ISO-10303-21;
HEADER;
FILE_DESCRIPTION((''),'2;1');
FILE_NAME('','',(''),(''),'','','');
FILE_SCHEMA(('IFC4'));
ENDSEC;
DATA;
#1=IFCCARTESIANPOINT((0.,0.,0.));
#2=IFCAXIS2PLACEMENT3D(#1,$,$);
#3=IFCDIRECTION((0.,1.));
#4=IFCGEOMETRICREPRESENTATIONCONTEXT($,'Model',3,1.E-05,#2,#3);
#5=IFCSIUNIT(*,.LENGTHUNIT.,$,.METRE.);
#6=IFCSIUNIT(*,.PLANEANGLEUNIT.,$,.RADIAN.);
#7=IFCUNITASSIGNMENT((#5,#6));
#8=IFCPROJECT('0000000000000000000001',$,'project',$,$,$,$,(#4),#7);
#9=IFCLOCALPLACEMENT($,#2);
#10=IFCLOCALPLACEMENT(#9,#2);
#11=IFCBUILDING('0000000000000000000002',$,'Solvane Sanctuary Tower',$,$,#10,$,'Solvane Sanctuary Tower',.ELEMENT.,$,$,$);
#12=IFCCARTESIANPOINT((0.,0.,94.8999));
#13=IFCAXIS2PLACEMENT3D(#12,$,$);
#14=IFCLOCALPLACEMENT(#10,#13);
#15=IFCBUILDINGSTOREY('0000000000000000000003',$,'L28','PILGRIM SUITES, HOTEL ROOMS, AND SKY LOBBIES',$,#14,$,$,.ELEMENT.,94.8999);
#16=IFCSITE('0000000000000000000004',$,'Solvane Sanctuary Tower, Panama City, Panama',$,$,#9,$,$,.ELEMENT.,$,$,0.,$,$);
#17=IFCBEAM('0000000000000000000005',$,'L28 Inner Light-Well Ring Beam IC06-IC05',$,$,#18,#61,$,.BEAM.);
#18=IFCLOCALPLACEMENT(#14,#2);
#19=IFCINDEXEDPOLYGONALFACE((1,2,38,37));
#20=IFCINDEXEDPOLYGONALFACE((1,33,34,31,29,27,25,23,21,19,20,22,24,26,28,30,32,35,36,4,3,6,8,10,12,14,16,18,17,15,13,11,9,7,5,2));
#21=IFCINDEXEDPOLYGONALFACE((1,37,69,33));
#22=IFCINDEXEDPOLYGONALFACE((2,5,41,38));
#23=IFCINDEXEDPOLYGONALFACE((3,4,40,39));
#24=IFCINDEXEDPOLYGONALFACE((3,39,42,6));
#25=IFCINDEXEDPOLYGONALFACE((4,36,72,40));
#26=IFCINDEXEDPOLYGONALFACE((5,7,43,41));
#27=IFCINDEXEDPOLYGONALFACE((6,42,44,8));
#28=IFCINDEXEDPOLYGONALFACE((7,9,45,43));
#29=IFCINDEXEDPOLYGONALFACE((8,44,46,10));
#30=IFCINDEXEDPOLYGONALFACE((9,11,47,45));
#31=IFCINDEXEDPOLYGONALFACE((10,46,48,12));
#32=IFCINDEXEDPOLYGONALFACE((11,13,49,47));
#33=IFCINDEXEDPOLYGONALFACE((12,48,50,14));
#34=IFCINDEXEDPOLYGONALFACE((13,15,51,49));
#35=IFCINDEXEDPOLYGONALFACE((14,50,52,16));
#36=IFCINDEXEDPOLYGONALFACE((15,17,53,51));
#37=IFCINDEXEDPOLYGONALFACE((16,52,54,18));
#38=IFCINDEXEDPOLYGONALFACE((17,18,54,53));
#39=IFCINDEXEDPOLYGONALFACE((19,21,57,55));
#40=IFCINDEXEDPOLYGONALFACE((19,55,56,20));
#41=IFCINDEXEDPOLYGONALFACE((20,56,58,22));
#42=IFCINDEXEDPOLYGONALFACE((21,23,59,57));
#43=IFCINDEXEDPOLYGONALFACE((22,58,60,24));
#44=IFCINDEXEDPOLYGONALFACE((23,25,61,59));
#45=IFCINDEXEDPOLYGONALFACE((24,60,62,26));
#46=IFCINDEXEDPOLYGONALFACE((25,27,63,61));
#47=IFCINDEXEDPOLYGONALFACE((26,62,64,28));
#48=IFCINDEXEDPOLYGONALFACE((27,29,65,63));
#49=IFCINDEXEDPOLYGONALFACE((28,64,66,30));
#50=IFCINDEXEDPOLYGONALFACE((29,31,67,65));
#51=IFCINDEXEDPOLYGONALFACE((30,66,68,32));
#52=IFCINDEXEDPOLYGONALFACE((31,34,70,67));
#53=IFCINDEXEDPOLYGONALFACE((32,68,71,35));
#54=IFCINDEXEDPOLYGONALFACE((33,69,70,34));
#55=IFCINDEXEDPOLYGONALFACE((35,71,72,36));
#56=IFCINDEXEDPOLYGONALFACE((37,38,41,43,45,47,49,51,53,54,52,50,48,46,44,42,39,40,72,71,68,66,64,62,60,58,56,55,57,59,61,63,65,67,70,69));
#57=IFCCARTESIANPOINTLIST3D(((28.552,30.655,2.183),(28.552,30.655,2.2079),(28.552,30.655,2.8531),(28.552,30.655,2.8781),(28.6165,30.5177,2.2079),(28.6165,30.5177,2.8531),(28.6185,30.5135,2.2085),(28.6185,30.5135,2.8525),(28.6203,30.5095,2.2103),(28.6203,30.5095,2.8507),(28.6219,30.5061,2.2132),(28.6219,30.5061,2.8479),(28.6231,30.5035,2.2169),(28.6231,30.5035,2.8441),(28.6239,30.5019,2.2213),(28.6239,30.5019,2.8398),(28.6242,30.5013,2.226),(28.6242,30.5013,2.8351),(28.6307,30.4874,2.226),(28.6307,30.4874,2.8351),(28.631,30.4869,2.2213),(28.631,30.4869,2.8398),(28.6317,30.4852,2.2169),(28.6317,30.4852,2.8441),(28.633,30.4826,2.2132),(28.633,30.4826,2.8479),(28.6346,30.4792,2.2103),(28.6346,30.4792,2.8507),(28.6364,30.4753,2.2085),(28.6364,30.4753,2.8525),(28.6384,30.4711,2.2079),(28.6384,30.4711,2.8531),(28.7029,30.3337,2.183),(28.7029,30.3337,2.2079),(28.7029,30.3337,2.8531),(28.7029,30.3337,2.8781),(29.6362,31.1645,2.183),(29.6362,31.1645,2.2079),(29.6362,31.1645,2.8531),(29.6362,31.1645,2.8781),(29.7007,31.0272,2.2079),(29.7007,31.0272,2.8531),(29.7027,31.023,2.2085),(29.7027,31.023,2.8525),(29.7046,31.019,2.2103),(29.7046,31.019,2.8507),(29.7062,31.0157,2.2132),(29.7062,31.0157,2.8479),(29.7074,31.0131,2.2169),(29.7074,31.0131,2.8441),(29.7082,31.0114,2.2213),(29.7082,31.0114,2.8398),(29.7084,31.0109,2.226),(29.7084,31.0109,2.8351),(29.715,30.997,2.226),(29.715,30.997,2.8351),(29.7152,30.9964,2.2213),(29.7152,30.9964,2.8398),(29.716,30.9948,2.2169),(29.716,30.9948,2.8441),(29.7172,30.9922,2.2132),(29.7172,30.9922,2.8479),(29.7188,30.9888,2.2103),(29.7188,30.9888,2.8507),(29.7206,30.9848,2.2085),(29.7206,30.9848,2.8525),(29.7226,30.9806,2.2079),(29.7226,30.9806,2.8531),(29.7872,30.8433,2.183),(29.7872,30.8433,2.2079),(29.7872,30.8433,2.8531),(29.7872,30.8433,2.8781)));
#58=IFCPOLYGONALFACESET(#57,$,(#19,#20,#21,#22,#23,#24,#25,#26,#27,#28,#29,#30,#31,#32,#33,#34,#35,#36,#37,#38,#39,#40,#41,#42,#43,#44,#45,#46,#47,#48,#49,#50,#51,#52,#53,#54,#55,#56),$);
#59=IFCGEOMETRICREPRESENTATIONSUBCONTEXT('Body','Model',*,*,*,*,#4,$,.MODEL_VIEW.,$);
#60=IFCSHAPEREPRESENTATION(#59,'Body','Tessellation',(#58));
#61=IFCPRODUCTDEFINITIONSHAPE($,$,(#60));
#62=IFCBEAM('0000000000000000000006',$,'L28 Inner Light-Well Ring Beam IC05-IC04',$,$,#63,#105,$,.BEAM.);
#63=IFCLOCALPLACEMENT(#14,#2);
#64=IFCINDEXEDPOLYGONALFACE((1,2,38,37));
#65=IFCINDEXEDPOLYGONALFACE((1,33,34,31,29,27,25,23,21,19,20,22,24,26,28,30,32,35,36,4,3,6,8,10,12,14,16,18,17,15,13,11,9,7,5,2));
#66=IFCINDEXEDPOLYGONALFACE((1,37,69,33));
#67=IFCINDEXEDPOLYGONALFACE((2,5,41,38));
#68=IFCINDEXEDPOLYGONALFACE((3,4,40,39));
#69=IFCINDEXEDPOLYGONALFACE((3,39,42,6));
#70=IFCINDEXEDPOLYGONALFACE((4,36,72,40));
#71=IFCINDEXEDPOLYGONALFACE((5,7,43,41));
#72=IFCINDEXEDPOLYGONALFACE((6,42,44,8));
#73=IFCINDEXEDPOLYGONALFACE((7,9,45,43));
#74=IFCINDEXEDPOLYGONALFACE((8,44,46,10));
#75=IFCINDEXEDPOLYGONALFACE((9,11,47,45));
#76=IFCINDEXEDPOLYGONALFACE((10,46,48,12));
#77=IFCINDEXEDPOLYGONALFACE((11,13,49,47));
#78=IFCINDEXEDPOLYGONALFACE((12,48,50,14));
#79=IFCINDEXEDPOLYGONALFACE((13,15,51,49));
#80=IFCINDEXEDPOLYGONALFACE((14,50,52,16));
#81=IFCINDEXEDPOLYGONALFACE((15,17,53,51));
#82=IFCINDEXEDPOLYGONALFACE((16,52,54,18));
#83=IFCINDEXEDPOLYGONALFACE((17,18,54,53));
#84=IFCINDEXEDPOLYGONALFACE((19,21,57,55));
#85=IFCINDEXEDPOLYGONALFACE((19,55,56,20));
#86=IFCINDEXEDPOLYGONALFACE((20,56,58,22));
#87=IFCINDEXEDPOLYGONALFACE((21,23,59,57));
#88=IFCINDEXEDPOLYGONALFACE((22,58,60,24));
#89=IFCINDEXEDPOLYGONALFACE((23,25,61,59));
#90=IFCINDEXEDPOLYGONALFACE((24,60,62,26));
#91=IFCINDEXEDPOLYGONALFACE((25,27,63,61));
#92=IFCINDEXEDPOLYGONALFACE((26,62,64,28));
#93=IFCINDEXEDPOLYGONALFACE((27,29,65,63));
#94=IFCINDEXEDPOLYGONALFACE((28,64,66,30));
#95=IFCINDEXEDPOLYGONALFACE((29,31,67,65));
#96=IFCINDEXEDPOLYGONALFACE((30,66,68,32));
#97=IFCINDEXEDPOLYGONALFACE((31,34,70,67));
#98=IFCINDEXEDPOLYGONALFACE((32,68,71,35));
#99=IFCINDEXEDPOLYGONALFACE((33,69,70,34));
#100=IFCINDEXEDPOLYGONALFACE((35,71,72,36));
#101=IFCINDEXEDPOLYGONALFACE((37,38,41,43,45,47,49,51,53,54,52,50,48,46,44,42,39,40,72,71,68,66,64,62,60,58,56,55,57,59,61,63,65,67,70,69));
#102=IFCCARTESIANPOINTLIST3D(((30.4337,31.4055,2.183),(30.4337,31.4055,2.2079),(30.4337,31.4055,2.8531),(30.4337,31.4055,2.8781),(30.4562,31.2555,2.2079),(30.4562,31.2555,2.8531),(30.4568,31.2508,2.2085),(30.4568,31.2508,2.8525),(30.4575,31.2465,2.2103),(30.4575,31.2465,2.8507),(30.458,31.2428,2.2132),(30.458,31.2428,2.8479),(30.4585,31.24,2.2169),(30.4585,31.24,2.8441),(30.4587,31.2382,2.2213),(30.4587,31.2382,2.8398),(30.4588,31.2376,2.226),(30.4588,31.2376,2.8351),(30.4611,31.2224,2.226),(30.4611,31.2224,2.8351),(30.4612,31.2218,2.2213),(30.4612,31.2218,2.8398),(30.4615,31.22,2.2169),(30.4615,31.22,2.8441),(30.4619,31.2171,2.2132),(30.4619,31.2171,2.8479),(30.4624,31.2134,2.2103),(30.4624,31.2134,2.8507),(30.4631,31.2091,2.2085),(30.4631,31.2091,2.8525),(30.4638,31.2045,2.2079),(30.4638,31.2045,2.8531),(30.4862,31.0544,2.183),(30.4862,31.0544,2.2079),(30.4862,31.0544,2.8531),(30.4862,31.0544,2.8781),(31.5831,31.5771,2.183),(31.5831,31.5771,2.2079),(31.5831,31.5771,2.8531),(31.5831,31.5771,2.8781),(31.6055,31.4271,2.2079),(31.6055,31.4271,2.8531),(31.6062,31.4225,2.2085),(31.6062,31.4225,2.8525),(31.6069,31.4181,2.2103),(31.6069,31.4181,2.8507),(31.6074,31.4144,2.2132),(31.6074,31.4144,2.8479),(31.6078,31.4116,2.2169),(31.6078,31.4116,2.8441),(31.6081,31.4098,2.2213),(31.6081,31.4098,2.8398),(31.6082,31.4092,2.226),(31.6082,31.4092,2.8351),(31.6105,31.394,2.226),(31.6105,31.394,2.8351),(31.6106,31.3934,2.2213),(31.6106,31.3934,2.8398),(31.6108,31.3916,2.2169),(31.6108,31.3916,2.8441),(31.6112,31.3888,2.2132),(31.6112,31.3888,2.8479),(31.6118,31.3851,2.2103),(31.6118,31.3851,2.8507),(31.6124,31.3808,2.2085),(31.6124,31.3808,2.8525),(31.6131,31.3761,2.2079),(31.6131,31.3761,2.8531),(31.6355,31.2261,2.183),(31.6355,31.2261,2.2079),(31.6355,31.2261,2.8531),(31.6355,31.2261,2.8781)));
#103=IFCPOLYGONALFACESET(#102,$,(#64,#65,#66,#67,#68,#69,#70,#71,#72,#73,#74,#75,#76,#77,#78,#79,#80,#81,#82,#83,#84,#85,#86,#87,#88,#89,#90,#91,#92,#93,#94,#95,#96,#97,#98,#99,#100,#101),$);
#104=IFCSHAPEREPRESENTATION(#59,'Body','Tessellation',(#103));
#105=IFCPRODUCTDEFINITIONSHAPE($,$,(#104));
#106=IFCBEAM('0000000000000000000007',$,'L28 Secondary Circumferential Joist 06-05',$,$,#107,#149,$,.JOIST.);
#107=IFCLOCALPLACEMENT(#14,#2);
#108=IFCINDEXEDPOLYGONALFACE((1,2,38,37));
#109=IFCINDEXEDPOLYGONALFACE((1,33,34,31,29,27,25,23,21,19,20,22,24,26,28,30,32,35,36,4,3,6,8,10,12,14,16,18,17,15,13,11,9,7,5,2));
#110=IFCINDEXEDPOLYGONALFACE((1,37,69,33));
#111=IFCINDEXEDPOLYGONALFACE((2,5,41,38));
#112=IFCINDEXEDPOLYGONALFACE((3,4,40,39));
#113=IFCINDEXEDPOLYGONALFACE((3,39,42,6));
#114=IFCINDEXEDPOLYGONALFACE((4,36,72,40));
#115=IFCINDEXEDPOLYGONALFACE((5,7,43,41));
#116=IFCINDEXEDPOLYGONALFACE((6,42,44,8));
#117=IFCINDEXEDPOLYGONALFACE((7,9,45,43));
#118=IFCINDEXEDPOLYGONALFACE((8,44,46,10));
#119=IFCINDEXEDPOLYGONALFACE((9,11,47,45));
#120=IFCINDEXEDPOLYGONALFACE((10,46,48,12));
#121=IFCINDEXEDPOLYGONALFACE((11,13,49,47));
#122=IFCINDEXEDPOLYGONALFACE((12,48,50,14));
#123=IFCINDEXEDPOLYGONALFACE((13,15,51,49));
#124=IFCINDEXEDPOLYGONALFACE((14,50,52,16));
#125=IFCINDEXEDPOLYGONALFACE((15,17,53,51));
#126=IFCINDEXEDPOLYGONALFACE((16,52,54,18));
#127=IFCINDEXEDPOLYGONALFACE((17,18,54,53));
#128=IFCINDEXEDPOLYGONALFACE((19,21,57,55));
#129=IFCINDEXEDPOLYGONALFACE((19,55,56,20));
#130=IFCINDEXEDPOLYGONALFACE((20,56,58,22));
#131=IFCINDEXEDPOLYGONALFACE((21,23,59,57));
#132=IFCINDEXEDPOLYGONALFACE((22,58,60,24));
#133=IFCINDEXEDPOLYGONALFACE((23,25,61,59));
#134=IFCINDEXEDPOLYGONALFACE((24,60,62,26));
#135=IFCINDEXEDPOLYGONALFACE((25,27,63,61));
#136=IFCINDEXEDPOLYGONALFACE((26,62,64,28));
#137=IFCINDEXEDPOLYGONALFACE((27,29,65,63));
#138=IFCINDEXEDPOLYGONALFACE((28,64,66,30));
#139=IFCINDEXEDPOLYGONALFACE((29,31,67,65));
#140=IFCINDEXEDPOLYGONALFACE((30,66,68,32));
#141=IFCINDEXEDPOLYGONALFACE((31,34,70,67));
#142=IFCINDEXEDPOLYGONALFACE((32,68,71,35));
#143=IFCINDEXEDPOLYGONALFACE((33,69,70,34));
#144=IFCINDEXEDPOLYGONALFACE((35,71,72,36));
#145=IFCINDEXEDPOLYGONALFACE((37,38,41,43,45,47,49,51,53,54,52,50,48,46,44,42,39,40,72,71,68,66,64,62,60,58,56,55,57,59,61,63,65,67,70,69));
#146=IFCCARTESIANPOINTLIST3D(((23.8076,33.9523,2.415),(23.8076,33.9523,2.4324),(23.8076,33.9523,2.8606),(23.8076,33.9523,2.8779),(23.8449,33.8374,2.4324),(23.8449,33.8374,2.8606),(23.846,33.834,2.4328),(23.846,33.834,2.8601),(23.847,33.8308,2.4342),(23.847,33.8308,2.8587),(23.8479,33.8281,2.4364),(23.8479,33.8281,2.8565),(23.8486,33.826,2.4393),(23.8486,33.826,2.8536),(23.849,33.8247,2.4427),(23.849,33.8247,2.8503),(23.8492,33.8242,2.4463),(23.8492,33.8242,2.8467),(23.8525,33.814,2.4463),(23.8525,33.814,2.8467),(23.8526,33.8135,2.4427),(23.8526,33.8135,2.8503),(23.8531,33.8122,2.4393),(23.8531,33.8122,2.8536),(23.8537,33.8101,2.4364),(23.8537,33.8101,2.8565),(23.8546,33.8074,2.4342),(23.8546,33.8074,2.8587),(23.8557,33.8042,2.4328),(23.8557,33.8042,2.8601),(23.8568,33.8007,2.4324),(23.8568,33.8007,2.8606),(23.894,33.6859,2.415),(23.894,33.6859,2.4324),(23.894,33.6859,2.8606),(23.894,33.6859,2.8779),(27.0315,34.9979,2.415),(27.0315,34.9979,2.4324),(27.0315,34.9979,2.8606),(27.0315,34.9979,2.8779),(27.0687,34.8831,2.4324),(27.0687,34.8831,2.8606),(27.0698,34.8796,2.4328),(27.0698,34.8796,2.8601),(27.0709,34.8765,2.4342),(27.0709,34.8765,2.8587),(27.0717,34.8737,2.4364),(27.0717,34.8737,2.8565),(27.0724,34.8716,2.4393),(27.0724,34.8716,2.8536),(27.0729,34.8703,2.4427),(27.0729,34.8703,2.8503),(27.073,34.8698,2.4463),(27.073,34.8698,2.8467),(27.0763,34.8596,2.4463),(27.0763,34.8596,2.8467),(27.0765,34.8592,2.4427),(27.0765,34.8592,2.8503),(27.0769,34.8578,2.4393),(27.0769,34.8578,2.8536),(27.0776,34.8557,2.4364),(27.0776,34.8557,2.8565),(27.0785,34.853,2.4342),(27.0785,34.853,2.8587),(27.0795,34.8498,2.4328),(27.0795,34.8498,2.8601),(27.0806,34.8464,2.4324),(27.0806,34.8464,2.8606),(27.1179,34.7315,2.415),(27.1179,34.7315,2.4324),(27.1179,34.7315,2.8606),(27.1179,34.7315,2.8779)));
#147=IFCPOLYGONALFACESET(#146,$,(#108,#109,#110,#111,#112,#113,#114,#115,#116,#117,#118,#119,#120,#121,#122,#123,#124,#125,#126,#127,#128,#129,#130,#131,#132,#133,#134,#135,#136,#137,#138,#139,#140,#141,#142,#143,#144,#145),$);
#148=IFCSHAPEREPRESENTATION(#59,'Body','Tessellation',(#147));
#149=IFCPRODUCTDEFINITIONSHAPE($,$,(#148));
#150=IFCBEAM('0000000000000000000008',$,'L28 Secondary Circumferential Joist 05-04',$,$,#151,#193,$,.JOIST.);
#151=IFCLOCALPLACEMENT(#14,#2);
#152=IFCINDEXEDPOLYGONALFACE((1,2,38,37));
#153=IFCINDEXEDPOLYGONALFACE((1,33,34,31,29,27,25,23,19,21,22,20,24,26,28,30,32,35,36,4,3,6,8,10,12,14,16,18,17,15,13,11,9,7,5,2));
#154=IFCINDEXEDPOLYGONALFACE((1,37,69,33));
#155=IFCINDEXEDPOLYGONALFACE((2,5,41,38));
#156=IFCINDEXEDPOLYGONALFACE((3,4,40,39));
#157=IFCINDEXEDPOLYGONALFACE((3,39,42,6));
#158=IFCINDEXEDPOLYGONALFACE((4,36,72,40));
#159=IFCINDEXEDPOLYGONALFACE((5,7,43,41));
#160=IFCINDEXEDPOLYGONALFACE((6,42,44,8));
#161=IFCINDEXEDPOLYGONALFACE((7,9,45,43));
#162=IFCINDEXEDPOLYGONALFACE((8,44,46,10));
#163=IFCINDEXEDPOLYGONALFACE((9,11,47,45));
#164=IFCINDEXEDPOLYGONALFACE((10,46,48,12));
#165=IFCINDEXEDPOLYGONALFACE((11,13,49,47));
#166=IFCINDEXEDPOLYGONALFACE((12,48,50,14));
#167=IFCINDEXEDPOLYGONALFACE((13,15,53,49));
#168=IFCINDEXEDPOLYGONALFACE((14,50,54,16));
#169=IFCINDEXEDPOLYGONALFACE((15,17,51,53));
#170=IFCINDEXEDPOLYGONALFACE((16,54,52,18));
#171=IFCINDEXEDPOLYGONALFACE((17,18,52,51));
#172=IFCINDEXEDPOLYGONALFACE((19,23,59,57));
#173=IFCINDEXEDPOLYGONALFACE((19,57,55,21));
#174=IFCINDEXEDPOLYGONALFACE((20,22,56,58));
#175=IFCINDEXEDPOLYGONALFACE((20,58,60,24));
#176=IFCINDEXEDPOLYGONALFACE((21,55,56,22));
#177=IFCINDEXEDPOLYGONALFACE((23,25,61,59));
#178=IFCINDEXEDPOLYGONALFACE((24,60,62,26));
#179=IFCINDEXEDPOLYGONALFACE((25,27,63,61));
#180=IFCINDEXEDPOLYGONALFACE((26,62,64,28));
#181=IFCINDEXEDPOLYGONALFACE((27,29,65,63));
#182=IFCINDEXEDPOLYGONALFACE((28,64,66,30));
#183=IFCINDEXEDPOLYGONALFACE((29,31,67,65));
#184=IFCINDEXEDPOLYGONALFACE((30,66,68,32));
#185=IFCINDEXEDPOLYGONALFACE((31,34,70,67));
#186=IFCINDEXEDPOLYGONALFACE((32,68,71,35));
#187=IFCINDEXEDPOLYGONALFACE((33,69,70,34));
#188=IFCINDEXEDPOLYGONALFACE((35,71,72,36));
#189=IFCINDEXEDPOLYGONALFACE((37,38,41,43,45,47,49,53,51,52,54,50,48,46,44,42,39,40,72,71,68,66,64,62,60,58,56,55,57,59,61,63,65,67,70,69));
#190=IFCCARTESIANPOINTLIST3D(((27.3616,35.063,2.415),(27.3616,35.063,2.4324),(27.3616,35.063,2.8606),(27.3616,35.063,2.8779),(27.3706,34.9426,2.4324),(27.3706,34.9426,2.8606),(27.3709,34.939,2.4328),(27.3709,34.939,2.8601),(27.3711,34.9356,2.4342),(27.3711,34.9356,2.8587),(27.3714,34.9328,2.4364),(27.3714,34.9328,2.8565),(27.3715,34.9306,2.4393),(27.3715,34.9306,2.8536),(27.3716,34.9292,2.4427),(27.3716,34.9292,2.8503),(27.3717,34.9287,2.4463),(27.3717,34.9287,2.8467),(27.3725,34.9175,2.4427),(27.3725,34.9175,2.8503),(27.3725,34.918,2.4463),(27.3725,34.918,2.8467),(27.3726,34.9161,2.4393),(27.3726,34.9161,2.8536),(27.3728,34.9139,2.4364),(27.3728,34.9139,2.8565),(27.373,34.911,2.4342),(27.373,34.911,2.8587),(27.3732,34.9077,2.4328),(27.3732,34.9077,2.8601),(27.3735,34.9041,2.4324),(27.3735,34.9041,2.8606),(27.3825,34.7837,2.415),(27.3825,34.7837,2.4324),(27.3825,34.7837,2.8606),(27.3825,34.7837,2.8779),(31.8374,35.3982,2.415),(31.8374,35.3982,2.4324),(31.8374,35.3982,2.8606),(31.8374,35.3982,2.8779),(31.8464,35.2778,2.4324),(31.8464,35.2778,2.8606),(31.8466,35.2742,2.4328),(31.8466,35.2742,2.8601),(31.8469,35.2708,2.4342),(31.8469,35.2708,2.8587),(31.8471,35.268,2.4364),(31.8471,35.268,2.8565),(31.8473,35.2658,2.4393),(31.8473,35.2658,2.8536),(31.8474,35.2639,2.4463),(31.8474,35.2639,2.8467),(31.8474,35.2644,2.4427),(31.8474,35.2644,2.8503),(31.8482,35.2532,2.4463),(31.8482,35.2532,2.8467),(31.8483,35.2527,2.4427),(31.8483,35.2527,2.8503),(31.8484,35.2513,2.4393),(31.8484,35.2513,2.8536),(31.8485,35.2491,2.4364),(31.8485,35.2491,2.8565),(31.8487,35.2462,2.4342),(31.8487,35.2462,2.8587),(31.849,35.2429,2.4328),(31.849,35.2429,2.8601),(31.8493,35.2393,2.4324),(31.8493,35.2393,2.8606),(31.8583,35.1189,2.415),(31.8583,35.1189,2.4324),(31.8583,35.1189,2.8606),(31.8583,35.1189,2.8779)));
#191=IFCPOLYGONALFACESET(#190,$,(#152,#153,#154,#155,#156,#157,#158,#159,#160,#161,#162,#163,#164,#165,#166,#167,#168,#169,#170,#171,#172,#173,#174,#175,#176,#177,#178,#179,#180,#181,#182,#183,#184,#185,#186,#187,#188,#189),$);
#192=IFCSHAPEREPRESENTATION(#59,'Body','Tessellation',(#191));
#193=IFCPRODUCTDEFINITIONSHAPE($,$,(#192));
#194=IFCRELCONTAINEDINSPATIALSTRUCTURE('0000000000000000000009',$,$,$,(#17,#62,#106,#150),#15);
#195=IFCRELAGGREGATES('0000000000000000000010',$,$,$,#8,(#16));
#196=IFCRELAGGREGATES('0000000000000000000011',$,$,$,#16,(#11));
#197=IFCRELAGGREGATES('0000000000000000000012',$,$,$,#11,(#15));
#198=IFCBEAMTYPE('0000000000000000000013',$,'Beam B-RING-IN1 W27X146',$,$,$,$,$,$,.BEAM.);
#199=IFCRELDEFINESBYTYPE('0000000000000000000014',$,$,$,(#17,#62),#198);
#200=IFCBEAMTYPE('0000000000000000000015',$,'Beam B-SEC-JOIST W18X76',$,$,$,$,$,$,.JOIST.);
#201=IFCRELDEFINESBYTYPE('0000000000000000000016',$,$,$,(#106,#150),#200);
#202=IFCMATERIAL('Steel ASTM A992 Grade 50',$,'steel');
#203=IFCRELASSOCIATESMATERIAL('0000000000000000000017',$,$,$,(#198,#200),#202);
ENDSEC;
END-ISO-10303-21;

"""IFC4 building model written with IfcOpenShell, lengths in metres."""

from ifc_helpers import new_model, si_unit, direction, frame, origin, origin_2d, place, context, subcontext, project, spatial, i_section, extrude, material, material_profile, profile_set, type_object, element, save


model = new_model("IFC4")

# Units and contexts
model_context = context("Model", 3, precision=1e-05, world=origin(), true_north=direction((0.0, 1.0)))
body_context = subcontext(model_context, "Body", "Model", "MODEL_VIEW")
ifc_project = project(units=[si_unit("LENGTHUNIT", "METRE"), si_unit("PLANEANGLEUNIT", "RADIAN")], contexts=[model_context])

# Site, building, storey
site_placement = place(None, origin())
site = spatial("IfcSite", under=ifc_project, at=site_placement, Name="Solvane Sanctuary Tower, Panama City, Panama", CompositionType="ELEMENT", RefElevation=0.0)
building_placement = place(site_placement, origin())
building = spatial("IfcBuilding", under=site, at=building_placement, Name="Solvane Sanctuary Tower", LongName="Solvane Sanctuary Tower", CompositionType="ELEMENT")
storey_placement = place(building_placement, frame((0.0, 0.0, 94.8999)))
storey = spatial("IfcBuildingStorey", under=building, at=storey_placement, Name="L28", Description="PILGRIM SUITES, HOTEL ROOMS, AND SKY LOBBIES", CompositionType="ELEMENT", Elevation=94.8999)

# Beams
ifc_material_1 = material(Name="Steel ASTM A992 Grade 50", Category="steel")
ifc_material_profile_1 = material_profile(ifc_material_1, i_section(OverallWidth=0.355, OverallDepth=0.6951, WebThickness=0.0154, FlangeThickness=0.0249, FilletRadius=0.0181, at=origin_2d()), Name="W27X146")
ifc_profile_set_1 = profile_set([ifc_material_profile_1], Name="Steel ASTM A992 Grade 50")
beam_type_1 = type_object("IfcBeamType", Name="Beam B-RING-IN1 W27X146", PredefinedType="BEAM", material=ifc_profile_set_1)
beam_1_placement = place(storey_placement, frame((28.6274, 30.4944, 2.5305), z_axis=(0.905045, 0.425316, 0.0), x_axis=(-0.425316, 0.905045, 0.0)))
element("IfcBeam", 1, at=beam_1_placement, inside=storey, type_object=beam_type_1, Name="L28 Inner Light-Well Ring Beam IC06-IC05", PredefinedType="BEAM", context=body_context, shape_type="SweptSolid", body=[
    extrude(i_section(OverallWidth=0.355, OverallDepth=0.6951, WebThickness=0.0154, FlangeThickness=0.0249, FilletRadius=0.0181, at=origin_2d()), origin(), (0.0, 0.0, 1.0), 1.198),
])
beam_2_placement = place(storey_placement, frame((30.46, 31.23, 2.5305), z_axis=(0.989035, 0.147683, 0.0), x_axis=(-0.147683, 0.989035, 0.0)))
element("IfcBeam", 2, at=beam_2_placement, inside=storey, type_object=beam_type_1, Name="L28 Inner Light-Well Ring Beam IC05-IC04", PredefinedType="BEAM", context=body_context, shape_type="SweptSolid", body=[
    extrude(i_section(OverallWidth=0.355, OverallDepth=0.6951, WebThickness=0.0154, FlangeThickness=0.0249, FilletRadius=0.0181, at=origin_2d()), origin(), (0.0, 0.0, 1.0), 1.1621),
])
ifc_material_profile_2 = material_profile(ifc_material_1, i_section(OverallWidth=0.28, OverallDepth=0.4629, WebThickness=0.0107, FlangeThickness=0.0173, FilletRadius=0.0139, at=origin_2d()), Name="W18X76")
ifc_profile_set_2 = profile_set([ifc_material_profile_2], Name="Steel ASTM A992 Grade 50")
beam_type_2 = type_object("IfcBeamType", Name="Beam B-SEC-JOIST W18X76", PredefinedType="JOIST", material=ifc_profile_set_2)
beam_3_placement = place(storey_placement, frame((23.8508, 33.8191, 2.6465), z_axis=(0.951217, 0.308524, 0.0), x_axis=(-0.308524, 0.951217, 0.0)))
element("IfcBeam", 3, at=beam_3_placement, inside=storey, type_object=beam_type_2, Name="L28 Secondary Circumferential Joist 06-05", PredefinedType="JOIST", context=body_context, shape_type="SweptSolid", body=[
    extrude(i_section(OverallWidth=0.28, OverallDepth=0.4629, WebThickness=0.0107, FlangeThickness=0.0173, FilletRadius=0.0139, at=origin_2d()), origin(), (0.0, 0.0, 1.0), 3.3892),
])
beam_4_placement = place(storey_placement, frame((27.3721, 34.9233, 2.6465), z_axis=(0.997207, 0.074683, 0.0), x_axis=(-0.074683, 0.997207, 0.0)))
element("IfcBeam", 4, at=beam_4_placement, inside=storey, type_object=beam_type_2, Name="L28 Secondary Circumferential Joist 05-04", PredefinedType="JOIST", context=body_context, shape_type="SweptSolid", body=[
    extrude(i_section(OverallWidth=0.28, OverallDepth=0.4629, WebThickness=0.0107, FlangeThickness=0.0173, FilletRadius=0.0139, at=origin_2d()), origin(), (0.0, 0.0, 1.0), 4.4883),
])

save(model, "model.ifc")
